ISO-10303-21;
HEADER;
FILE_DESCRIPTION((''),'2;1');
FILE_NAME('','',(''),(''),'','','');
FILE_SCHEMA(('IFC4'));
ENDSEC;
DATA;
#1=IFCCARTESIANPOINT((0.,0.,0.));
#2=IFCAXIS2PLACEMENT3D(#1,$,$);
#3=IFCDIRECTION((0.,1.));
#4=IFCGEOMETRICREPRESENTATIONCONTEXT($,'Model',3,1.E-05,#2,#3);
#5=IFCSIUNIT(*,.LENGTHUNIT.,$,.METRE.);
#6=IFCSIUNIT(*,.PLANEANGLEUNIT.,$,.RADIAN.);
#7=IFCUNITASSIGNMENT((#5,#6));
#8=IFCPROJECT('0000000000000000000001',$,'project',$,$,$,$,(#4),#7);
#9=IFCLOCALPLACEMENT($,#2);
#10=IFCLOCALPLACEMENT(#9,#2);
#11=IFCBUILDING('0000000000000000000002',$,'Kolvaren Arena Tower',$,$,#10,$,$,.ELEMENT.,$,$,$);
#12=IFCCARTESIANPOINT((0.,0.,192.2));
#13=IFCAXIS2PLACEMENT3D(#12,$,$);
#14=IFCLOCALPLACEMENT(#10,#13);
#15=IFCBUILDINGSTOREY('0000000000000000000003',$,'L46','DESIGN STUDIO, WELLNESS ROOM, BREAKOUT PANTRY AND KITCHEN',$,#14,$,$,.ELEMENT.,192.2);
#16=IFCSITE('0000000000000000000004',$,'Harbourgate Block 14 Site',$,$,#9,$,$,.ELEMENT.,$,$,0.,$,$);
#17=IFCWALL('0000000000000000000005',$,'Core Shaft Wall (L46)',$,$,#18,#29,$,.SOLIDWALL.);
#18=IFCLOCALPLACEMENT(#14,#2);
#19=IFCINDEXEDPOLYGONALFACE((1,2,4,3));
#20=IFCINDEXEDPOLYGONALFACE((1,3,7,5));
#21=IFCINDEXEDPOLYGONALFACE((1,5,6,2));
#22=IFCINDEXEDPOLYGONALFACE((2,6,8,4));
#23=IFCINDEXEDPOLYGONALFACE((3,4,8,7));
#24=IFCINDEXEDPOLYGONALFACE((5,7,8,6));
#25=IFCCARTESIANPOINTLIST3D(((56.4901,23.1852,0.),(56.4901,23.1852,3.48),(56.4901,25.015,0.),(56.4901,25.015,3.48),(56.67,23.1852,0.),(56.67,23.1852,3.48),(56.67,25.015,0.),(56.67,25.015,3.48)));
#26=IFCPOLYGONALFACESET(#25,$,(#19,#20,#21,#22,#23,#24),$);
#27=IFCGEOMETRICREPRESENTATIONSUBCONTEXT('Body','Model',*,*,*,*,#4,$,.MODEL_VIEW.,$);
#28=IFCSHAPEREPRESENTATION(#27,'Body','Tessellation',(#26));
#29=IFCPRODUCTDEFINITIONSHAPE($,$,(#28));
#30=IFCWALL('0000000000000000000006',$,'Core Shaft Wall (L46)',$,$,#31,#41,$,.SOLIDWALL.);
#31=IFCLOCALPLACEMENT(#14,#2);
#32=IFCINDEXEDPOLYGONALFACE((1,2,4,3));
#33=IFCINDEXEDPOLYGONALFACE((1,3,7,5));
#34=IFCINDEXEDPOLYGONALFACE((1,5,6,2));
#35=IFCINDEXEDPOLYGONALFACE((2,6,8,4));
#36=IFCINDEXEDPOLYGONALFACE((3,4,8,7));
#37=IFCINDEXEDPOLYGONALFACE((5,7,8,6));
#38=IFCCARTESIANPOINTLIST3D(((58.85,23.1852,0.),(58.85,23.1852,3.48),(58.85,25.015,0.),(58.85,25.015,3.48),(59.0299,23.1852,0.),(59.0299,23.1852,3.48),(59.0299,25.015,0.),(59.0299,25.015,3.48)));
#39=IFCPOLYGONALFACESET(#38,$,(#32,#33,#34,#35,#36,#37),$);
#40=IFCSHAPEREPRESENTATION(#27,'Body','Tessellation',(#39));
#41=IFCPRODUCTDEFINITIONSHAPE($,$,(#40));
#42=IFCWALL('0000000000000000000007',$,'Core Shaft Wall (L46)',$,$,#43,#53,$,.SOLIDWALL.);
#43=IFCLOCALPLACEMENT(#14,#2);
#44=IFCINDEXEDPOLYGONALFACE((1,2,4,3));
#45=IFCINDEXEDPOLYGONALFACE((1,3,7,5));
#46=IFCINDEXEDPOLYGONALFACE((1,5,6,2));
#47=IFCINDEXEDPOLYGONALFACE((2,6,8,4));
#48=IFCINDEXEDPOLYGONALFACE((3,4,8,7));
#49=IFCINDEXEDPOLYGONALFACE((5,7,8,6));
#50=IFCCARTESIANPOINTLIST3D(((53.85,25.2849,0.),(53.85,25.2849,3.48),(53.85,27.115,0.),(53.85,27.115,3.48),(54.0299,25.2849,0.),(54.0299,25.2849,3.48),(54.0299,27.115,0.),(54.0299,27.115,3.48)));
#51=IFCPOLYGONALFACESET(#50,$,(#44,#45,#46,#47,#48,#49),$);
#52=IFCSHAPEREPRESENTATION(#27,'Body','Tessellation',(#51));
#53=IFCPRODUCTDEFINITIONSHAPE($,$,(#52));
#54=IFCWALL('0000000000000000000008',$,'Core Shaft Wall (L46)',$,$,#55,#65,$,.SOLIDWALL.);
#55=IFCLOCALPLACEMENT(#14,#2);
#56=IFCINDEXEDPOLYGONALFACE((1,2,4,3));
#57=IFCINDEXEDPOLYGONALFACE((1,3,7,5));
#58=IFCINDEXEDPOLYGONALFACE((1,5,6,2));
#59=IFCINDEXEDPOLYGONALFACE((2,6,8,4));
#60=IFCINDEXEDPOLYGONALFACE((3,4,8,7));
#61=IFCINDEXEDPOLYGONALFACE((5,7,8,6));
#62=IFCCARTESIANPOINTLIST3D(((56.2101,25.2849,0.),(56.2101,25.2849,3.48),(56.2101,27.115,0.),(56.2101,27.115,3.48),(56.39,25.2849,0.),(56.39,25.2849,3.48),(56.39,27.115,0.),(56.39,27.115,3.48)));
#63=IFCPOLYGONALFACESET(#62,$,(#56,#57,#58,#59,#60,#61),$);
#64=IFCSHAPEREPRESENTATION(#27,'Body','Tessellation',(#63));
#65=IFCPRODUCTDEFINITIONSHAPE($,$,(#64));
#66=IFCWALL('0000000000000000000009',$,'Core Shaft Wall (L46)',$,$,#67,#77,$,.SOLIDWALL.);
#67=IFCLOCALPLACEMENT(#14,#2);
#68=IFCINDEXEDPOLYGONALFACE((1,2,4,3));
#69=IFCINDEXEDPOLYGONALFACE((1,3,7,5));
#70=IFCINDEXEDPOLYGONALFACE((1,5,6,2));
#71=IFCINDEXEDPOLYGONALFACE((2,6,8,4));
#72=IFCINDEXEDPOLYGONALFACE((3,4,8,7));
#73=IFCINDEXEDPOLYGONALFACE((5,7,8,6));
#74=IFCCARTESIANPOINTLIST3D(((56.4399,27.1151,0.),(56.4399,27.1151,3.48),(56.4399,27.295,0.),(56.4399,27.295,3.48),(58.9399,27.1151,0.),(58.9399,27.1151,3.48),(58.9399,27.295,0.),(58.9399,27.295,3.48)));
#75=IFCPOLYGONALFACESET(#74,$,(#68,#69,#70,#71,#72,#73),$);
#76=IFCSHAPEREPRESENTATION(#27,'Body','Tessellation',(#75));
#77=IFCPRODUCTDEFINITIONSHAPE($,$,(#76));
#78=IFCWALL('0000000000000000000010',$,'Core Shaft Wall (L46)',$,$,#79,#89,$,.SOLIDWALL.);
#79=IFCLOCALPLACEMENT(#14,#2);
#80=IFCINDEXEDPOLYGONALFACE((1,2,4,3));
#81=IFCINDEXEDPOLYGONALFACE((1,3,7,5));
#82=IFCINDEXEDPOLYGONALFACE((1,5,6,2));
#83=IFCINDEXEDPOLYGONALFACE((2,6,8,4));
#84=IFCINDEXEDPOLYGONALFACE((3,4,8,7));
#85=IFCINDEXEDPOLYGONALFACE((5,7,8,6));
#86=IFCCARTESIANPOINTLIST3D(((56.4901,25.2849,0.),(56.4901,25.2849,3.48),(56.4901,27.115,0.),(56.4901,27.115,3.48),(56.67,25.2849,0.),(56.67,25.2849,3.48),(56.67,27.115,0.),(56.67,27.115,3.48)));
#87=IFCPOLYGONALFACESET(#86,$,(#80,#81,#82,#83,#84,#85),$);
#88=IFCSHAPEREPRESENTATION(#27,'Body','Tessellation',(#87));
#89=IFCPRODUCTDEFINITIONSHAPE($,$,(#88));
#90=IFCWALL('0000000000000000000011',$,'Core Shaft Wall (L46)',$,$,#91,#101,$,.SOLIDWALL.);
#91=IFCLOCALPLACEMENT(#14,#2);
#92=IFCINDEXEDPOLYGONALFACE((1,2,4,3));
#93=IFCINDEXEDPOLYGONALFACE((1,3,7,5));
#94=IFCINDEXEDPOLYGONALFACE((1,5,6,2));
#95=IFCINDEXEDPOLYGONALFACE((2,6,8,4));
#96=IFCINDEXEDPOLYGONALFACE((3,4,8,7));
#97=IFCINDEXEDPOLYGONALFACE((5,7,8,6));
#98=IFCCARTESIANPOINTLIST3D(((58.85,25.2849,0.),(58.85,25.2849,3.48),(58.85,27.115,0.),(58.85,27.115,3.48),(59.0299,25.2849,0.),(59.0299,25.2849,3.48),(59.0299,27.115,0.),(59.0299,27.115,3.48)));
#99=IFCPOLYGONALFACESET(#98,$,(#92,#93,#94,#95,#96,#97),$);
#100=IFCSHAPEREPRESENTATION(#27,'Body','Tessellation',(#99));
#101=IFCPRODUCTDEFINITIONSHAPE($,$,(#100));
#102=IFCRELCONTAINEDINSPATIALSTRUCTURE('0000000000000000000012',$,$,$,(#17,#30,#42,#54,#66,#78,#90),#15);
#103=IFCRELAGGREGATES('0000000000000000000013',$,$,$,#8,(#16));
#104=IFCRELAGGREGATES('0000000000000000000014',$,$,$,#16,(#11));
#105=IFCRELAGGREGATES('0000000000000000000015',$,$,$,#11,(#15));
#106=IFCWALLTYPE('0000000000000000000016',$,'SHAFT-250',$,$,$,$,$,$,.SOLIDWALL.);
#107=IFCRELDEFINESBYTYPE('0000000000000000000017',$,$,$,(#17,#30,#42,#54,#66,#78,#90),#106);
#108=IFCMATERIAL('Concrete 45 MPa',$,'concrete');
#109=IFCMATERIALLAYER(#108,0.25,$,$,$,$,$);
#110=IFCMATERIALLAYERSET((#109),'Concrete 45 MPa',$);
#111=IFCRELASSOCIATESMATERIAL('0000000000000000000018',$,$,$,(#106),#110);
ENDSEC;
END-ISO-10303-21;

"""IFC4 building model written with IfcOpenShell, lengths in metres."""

from ifc_helpers import new_model, si_unit, direction, frame, frame_2d, origin, place, context, subcontext, project, spatial, rectangle, extrude, material, layer, layer_set, type_object, element, save


model = new_model("IFC4")

# Units and contexts
model_context = context("Model", 3, precision=1e-05, world=origin(), true_north=direction((0.0, 1.0)))
body_context = subcontext(model_context, "Body", "Model", "MODEL_VIEW")
ifc_project = project(units=[si_unit("LENGTHUNIT", "METRE"), si_unit("PLANEANGLEUNIT", "RADIAN")], contexts=[model_context])

# Site, building, storey
site_placement = place(None, origin())
site = spatial("IfcSite", under=ifc_project, at=site_placement, Name="Harbourgate Block 14 Site", CompositionType="ELEMENT", RefElevation=0.0)
building_placement = place(site_placement, origin())
building = spatial("IfcBuilding", under=site, at=building_placement, Name="Kolvaren Arena Tower", CompositionType="ELEMENT")
storey_placement = place(building_placement, frame((0.0, 0.0, 192.2)))
storey = spatial("IfcBuildingStorey", under=building, at=storey_placement, Name="L46", Description="DESIGN STUDIO, WELLNESS ROOM, BREAKOUT PANTRY AND KITCHEN", CompositionType="ELEMENT", Elevation=192.2)

# Walls
ifc_material_1 = material(Name="Concrete 45 MPa", Category="concrete")
ifc_layer_1 = layer(ifc_material_1, 0.25)
ifc_layer_set_1 = layer_set([ifc_layer_1], Name="Concrete 45 MPa")
wall_type_1 = type_object("IfcWallType", Name="SHAFT-250", PredefinedType="SOLIDWALL", material=ifc_layer_set_1)
for number, where, z_axis, x_axis, name in (
    (1, (56.5801, 23.1851, 0.0), (0.0, 0.0, 1.0), (0.0, 1.0, 0.0), "Core Shaft Wall (L46)"),
    (2, (58.9399, 23.1851, 0.0), (0.0, 0.0, 1.0), (0.0, 1.0, 0.0), "Core Shaft Wall (L46)"),
):
    element("IfcWall", number, at=place(storey_placement, frame(where, z_axis=z_axis, x_axis=x_axis)), inside=storey, type_object=wall_type_1, Name=name, PredefinedType="SOLIDWALL", context=body_context, shape_type="SweptSolid", body=[
        extrude(rectangle(XDim=1.8298, YDim=0.1799, at=frame_2d((0.915, 0.0))), origin(), (0.0, 0.0, 1.0), 3.48),
    ])
for number, where, z_axis, x_axis, name in (
    (3, (53.9399, 25.2849, 0.0), (0.0, 0.0, 1.0), (0.0, 1.0, 0.0), "Core Shaft Wall (L46)"),
    (4, (56.3, 25.2849, 0.0), (0.0, 0.0, 1.0), (0.0, 1.0, 0.0), "Core Shaft Wall (L46)"),
):
    element("IfcWall", number, at=place(storey_placement, frame(where, z_axis=z_axis, x_axis=x_axis)), inside=storey, type_object=wall_type_1, Name=name, PredefinedType="SOLIDWALL", context=body_context, shape_type="SweptSolid", body=[
        extrude(rectangle(XDim=1.8301, YDim=0.1799, at=frame_2d((0.915, 0.0))), origin(), (0.0, 0.0, 1.0), 3.48),
    ])
wall_1_placement = place(storey_placement, frame((56.4399, 27.2051, 0.0), z_axis=(0.0, 0.0, 1.0), x_axis=(1.0, 0.0, 0.0)))
element("IfcWall", 5, at=wall_1_placement, inside=storey, type_object=wall_type_1, Name="Core Shaft Wall (L46)", PredefinedType="SOLIDWALL", context=body_context, shape_type="SweptSolid", body=[
    extrude(rectangle(XDim=2.5, YDim=0.1799, at=frame_2d((1.25, 0.0))), origin(), (0.0, 0.0, 1.0), 3.48),
])
for number, where, z_axis, x_axis, name in (
    (6, (56.5801, 25.2849, 0.0), (0.0, 0.0, 1.0), (0.0, 1.0, 0.0), "Core Shaft Wall (L46)"),
    (7, (58.9399, 25.2849, 0.0), (0.0, 0.0, 1.0), (0.0, 1.0, 0.0), "Core Shaft Wall (L46)"),
):
    element("IfcWall", number, at=place(storey_placement, frame(where, z_axis=z_axis, x_axis=x_axis)), inside=storey, type_object=wall_type_1, Name=name, PredefinedType="SOLIDWALL", context=body_context, shape_type="SweptSolid", body=[
        extrude(rectangle(XDim=1.8301, YDim=0.1799, at=frame_2d((0.915, 0.0))), origin(), (0.0, 0.0, 1.0), 3.48),
    ])

save(model, "model.ifc")
